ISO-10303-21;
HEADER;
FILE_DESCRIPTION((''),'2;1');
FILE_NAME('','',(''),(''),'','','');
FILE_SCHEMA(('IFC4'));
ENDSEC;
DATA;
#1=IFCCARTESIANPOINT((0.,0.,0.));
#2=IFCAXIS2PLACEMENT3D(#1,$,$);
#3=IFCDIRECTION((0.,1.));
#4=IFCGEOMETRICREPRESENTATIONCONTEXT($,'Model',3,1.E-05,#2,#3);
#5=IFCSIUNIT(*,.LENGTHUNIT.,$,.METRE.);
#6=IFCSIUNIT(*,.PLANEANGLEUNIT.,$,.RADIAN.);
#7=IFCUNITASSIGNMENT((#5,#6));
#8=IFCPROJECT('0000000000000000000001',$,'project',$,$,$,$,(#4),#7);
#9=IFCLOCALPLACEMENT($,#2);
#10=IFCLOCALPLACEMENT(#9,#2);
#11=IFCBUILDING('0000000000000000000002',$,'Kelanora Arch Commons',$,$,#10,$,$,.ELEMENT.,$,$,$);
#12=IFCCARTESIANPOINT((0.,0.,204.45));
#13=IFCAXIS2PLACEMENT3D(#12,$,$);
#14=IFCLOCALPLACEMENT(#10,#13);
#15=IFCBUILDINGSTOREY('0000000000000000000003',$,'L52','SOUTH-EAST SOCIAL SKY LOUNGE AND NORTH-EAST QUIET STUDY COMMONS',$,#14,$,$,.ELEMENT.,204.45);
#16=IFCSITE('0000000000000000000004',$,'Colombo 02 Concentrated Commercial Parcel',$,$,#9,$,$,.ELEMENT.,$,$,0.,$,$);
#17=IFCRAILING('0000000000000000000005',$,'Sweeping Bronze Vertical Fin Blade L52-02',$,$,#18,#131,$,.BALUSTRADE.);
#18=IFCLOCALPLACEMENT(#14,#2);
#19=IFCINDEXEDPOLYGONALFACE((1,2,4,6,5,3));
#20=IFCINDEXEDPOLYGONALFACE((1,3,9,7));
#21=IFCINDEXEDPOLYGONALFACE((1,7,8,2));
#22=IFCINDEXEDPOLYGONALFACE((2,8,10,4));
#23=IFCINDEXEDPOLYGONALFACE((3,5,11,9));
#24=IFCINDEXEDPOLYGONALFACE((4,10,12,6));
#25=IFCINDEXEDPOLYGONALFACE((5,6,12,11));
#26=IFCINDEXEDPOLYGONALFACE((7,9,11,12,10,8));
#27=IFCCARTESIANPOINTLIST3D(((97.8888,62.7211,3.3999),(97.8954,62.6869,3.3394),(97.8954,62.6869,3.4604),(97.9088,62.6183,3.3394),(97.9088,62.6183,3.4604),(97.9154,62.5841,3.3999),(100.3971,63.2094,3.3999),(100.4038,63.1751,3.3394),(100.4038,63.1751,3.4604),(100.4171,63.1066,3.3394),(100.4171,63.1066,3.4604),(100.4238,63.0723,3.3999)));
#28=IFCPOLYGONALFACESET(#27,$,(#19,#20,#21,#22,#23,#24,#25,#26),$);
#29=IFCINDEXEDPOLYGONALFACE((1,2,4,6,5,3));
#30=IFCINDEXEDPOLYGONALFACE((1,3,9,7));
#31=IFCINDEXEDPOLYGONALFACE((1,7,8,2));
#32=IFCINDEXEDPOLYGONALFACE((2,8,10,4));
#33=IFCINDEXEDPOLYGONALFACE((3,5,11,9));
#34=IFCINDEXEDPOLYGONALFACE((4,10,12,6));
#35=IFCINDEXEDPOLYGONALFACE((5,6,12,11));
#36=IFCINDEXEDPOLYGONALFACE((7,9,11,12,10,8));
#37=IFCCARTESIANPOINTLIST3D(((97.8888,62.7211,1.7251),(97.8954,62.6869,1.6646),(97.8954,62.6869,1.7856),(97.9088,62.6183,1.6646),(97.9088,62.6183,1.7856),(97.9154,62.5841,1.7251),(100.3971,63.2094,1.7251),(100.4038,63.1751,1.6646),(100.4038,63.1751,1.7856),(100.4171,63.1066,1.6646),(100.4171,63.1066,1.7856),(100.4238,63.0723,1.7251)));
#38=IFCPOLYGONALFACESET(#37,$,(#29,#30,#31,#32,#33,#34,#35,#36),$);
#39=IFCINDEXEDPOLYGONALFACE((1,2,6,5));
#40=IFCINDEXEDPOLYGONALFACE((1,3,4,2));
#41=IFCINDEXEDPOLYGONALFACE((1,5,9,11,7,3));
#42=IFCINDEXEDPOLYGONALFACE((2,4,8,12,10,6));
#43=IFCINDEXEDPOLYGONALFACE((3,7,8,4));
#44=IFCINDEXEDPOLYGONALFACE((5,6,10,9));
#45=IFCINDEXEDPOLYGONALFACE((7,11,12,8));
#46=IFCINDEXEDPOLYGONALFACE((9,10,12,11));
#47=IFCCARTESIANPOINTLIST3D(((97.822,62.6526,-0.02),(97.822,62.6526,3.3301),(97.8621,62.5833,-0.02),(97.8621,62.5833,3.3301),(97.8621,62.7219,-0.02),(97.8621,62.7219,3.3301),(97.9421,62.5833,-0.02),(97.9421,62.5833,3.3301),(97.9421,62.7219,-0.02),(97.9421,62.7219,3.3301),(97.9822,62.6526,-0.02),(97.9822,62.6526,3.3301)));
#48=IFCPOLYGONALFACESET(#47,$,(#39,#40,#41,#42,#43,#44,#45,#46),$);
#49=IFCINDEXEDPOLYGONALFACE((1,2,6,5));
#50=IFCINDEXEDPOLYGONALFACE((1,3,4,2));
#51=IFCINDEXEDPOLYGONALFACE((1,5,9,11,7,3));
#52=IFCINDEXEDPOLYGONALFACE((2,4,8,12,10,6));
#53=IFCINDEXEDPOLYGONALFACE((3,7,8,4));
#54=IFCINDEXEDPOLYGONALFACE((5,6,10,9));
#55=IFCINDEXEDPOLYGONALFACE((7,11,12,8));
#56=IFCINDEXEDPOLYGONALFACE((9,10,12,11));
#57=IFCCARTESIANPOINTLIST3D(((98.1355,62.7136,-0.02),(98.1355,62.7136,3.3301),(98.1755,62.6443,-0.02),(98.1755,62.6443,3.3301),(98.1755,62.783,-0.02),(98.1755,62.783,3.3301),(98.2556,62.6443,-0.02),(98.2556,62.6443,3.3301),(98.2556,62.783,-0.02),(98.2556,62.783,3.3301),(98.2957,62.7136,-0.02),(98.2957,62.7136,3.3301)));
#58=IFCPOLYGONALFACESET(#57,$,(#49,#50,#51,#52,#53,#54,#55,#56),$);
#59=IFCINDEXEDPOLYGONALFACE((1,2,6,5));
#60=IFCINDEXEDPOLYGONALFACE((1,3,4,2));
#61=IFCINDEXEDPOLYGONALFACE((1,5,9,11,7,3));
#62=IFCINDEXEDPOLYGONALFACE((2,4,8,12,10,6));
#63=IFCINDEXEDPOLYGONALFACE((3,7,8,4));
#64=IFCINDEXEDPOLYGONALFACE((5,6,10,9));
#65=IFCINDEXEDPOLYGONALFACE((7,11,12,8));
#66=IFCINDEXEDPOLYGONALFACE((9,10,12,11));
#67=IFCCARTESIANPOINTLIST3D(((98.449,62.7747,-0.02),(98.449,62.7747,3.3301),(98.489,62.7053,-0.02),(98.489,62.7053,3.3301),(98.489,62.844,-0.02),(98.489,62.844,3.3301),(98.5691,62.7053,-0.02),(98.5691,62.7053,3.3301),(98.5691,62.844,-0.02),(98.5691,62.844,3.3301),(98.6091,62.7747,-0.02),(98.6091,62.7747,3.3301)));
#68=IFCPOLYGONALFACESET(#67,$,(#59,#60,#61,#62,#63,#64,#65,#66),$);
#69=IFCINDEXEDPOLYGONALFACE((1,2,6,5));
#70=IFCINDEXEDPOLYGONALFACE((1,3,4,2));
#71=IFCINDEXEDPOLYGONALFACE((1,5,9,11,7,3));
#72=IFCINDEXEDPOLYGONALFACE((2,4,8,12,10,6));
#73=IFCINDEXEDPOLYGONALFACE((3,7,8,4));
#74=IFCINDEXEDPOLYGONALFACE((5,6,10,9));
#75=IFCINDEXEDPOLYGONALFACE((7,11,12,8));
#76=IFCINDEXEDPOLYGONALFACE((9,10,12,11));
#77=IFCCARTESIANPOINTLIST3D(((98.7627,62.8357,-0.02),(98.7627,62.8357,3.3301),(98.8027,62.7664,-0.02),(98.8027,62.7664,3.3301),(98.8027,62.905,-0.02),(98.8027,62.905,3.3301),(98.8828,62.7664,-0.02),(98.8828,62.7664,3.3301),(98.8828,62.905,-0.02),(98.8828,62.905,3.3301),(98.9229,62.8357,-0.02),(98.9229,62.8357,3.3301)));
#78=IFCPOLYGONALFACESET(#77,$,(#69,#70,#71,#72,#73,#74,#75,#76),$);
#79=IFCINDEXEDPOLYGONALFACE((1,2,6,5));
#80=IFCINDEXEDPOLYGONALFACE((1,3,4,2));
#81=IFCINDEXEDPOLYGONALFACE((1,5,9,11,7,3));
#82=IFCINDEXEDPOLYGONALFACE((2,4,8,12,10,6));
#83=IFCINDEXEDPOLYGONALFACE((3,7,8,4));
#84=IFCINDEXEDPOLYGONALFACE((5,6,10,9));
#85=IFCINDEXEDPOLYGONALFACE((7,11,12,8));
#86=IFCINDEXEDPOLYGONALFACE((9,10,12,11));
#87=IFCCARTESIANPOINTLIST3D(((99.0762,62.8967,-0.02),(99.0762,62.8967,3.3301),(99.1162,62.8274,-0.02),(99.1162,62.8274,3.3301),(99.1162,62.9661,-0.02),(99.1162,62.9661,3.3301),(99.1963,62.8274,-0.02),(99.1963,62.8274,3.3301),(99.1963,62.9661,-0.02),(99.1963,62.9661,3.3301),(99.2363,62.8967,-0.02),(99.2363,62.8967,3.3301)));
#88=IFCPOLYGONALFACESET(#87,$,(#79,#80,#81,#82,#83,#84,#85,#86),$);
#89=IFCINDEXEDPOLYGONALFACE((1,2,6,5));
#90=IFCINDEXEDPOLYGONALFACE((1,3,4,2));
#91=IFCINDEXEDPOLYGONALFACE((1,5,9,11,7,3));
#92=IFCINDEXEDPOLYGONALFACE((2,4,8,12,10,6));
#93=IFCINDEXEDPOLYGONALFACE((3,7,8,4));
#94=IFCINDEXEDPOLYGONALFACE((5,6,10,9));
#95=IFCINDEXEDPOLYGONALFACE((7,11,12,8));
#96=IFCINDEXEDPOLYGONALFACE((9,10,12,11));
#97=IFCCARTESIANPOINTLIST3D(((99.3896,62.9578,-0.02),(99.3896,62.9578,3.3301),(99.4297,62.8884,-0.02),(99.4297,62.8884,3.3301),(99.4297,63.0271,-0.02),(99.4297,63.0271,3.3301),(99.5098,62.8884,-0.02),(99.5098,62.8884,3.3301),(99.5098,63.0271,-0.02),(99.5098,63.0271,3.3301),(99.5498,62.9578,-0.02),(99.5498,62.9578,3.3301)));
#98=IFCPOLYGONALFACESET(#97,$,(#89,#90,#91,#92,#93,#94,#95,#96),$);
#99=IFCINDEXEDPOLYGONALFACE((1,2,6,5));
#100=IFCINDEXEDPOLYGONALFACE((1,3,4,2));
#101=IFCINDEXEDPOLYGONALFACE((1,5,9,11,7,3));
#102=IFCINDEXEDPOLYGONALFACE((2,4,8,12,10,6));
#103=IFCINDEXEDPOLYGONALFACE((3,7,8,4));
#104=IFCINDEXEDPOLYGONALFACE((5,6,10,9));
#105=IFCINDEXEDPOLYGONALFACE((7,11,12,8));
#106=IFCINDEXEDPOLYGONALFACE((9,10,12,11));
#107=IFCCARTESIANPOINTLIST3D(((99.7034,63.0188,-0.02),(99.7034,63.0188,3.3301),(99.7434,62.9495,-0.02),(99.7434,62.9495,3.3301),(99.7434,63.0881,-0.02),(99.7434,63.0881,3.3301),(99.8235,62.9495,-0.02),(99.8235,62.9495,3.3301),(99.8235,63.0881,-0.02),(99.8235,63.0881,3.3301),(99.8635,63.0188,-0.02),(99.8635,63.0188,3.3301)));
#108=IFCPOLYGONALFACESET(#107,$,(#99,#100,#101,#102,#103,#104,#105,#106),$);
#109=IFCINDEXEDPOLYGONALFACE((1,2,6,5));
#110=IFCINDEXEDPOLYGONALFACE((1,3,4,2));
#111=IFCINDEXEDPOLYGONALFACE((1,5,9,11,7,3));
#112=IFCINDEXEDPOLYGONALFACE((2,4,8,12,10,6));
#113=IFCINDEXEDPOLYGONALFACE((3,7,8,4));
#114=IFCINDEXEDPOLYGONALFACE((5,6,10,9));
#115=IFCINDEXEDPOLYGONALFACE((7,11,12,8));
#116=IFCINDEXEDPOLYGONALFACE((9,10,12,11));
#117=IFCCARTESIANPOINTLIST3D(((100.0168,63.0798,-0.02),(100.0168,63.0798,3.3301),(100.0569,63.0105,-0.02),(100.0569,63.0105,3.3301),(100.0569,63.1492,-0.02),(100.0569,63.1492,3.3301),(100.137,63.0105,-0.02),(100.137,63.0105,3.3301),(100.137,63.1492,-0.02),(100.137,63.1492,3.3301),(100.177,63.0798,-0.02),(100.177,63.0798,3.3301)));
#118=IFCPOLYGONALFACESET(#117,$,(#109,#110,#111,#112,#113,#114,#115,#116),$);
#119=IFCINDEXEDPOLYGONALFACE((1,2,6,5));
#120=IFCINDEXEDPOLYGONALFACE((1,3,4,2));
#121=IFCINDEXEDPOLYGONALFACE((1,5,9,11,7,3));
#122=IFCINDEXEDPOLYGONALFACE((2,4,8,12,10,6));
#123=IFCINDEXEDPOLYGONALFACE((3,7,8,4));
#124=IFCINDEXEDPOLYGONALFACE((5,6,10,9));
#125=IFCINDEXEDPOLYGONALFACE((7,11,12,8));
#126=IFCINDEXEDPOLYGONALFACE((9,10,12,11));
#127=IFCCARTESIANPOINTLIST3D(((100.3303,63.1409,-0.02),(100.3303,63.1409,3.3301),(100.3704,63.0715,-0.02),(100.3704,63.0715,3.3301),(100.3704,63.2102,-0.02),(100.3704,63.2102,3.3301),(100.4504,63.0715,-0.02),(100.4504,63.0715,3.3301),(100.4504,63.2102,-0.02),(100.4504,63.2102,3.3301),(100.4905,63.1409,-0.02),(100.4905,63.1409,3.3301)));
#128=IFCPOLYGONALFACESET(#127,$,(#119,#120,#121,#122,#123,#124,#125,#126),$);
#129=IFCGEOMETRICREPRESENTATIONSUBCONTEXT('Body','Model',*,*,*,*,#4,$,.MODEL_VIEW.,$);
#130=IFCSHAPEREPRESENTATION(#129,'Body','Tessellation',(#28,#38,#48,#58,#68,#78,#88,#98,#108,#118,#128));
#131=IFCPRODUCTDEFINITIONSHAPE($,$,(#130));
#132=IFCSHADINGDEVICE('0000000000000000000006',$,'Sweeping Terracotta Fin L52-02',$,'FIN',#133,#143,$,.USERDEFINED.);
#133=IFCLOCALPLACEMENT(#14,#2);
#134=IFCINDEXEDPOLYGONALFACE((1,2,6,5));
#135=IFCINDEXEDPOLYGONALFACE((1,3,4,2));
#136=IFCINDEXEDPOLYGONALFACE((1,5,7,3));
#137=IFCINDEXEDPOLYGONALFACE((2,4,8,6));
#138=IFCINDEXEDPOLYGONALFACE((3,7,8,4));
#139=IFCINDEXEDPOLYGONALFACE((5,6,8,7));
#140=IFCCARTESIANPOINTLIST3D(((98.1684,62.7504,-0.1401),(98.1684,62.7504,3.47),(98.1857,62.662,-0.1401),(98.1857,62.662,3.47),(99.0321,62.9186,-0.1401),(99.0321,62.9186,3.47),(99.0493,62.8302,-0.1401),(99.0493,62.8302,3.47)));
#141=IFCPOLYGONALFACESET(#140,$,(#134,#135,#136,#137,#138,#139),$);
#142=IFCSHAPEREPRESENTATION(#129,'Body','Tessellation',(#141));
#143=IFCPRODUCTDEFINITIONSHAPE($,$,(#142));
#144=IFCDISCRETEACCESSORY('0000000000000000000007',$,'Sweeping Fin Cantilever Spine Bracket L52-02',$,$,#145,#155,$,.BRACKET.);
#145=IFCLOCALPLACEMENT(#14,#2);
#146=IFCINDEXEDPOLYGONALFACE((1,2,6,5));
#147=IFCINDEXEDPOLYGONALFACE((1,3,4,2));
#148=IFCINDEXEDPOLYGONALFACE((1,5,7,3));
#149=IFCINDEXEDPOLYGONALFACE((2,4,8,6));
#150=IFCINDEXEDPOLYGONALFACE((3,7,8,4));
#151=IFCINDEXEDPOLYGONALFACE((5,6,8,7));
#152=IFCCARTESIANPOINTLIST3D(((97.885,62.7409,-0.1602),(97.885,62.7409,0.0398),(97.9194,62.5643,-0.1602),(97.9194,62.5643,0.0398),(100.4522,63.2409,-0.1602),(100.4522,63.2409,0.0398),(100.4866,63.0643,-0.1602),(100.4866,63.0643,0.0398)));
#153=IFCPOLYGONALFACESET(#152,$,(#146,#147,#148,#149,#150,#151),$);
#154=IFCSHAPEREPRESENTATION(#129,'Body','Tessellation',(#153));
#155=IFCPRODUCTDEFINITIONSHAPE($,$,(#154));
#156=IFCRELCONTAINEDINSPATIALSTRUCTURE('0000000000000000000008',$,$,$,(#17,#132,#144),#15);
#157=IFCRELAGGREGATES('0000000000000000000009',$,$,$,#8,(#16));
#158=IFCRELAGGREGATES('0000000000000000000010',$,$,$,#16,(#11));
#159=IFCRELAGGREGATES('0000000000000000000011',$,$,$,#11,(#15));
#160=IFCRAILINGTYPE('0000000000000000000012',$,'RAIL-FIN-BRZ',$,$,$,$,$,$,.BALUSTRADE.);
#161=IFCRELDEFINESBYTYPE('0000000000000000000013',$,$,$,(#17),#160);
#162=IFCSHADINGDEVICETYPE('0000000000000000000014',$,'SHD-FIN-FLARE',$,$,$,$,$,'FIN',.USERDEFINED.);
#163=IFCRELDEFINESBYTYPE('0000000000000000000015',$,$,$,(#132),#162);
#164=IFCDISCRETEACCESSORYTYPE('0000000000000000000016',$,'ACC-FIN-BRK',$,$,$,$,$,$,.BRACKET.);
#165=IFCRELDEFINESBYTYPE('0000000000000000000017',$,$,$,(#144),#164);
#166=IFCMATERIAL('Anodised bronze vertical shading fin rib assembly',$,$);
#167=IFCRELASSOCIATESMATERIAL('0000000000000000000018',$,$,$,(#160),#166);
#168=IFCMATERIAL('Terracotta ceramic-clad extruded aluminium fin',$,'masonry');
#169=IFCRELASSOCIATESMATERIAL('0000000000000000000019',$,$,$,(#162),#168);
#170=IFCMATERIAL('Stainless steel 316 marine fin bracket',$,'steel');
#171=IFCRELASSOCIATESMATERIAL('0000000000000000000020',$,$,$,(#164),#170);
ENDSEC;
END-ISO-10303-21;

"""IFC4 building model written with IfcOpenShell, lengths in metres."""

from ifc_helpers import new_model, si_unit, direction, frame, origin, origin_2d, place, context, subcontext, project, spatial, polyline, rectangle, outline, extrude, source, transform, mapped, material, type_object, element, save


model = new_model("IFC4")

# Units and contexts
model_context = context("Model", 3, precision=1e-05, world=origin(), true_north=direction((0.0, 1.0)))
body_context = subcontext(model_context, "Body", "Model", "MODEL_VIEW")
ifc_project = project(units=[si_unit("LENGTHUNIT", "METRE"), si_unit("PLANEANGLEUNIT", "RADIAN")], contexts=[model_context])

# Site, building, storey
site_placement = place(None, origin())
site = spatial("IfcSite", under=ifc_project, at=site_placement, Name="Colombo 02 Concentrated Commercial Parcel", CompositionType="ELEMENT", RefElevation=0.0)
building_placement = place(site_placement, origin())
building = spatial("IfcBuilding", under=site, at=building_placement, Name="Kelanora Arch Commons", CompositionType="ELEMENT")
storey_placement = place(building_placement, frame((0.0, 0.0, 204.45)))
storey = spatial("IfcBuildingStorey", under=building, at=storey_placement, Name="L52", Description="SOUTH-EAST SOCIAL SKY LOUNGE AND NORTH-EAST QUIET STUDY COMMONS", CompositionType="ELEMENT", Elevation=204.45)

# Railing
ifc_material_1 = material(Name="Anodised bronze vertical shading fin rib assembly")
railing_type_1 = type_object("IfcRailingType", Name="RAIL-FIN-BRZ", PredefinedType="BALUSTRADE", material=ifc_material_1)
railing_1_placement = place(storey_placement, frame((97.9021, 62.6526, -0.02)))
element("IfcRailing", 1, at=railing_1_placement, inside=storey, type_object=railing_type_1, Name="Sweeping Bronze Vertical Fin Blade L52-02", PredefinedType="BALUSTRADE", context=body_context, shape_type="SweptSolid", body=[
    extrude(outline(polyline([(0.0698, 0.0), (0.0349, 0.0605), (-0.0349, 0.0605), (-0.0698, 0.0), (-0.0349, -0.0605), (0.0349, -0.0605), (0.0698, 0.0)])), frame((0.0, 0.0, 3.4199), z_axis=(0.981575, 0.191079, 0.0), x_axis=(-0.191079, 0.981575, 0.0)), (0.0, 0.0, 1.0), 2.5554),
    extrude(outline(polyline([(0.0698, 0.0), (0.0349, 0.0605), (-0.0349, 0.0605), (-0.0698, 0.0), (-0.0349, -0.0605), (0.0349, -0.0605), (0.0698, 0.0)])), frame((0.0, 0.0, 1.7451), z_axis=(0.981575, 0.191079, 0.0), x_axis=(-0.191079, 0.981575, 0.0)), (0.0, 0.0, 1.0), 2.5554),
    extrude(outline(polyline([(0.0801, 0.0), (0.04, 0.0693), (-0.04, 0.0693), (-0.0801, 0.0), (-0.04, -0.0693), (0.04, -0.0693), (0.0801, 0.0)])), origin(), (0.0, 0.0, 1.0), 3.3501),
    extrude(outline(polyline([(0.0801, 0.0), (0.04, 0.0693), (-0.04, 0.0693), (-0.0801, 0.0), (-0.04, -0.0693), (0.04, -0.0693), (0.0801, 0.0)])), frame((0.3135, 0.061, 0.0)), (0.0, 0.0, 1.0), 3.3501),
    extrude(outline(polyline([(0.0801, 0.0), (0.04, 0.0693), (-0.04, 0.0693), (-0.0801, 0.0), (-0.04, -0.0693), (0.04, -0.0693), (0.0801, 0.0)])), frame((0.627, 0.1221, 0.0)), (0.0, 0.0, 1.0), 3.3501),
    extrude(outline(polyline([(0.0801, 0.0), (0.04, 0.0693), (-0.04, 0.0693), (-0.0801, 0.0), (-0.04, -0.0693), (0.04, -0.0693), (0.0801, 0.0)])), frame((0.9407, 0.1831, 0.0)), (0.0, 0.0, 1.0), 3.3501),
    extrude(outline(polyline([(0.0801, 0.0), (0.04, 0.0693), (-0.04, 0.0693), (-0.0801, 0.0), (-0.04, -0.0693), (0.04, -0.0693), (0.0801, 0.0)])), frame((1.2542, 0.2441, 0.0)), (0.0, 0.0, 1.0), 3.3501),
    extrude(outline(polyline([(0.0801, 0.0), (0.04, 0.0693), (-0.04, 0.0693), (-0.0801, 0.0), (-0.04, -0.0693), (0.04, -0.0693), (0.0801, 0.0)])), frame((1.5676, 0.3052, 0.0)), (0.0, 0.0, 1.0), 3.3501),
    extrude(outline(polyline([(0.0801, 0.0), (0.04, 0.0693), (-0.04, 0.0693), (-0.0801, 0.0), (-0.04, -0.0693), (0.04, -0.0693), (0.0801, 0.0)])), frame((1.8813, 0.3662, 0.0)), (0.0, 0.0, 1.0), 3.3501),
    extrude(outline(polyline([(0.0801, 0.0), (0.04, 0.0693), (-0.04, 0.0693), (-0.0801, 0.0), (-0.04, -0.0693), (0.04, -0.0693), (0.0801, 0.0)])), frame((2.1948, 0.4272, 0.0)), (0.0, 0.0, 1.0), 3.3501),
    extrude(outline(polyline([(0.0801, 0.0), (0.04, 0.0693), (-0.04, 0.0693), (-0.0801, 0.0), (-0.04, -0.0693), (0.04, -0.0693), (0.0801, 0.0)])), frame((2.5083, 0.4883, 0.0)), (0.0, 0.0, 1.0), 3.3501),
])

# Shading device
ifc_material_2 = material(Name="Terracotta ceramic-clad extruded aluminium fin", Category="masonry")
shading_device_type = type_object("IfcShadingDeviceType", Name="SHD-FIN-FLARE", ElementType="FIN", PredefinedType="USERDEFINED", material=ifc_material_2)
shared_shape_1 = source(origin(), body_context, "Body", "SweptSolid", [
    extrude(rectangle(XDim=0.8799, YDim=0.0901, at=origin_2d()), origin(), (0.0, 0.0, 1.0), 3.6101),
])
shading_device_placement = place(storey_placement, frame((98.6089, 62.7903, -0.1401), z_axis=(0.0, 0.0, 1.0), x_axis=(0.981561, 0.191152, 0.0)))
element("IfcShadingDevice", 2, at=shading_device_placement, inside=storey, type_object=shading_device_type, Name="Sweeping Terracotta Fin L52-02", ObjectType="FIN", PredefinedType="USERDEFINED", context=body_context, shape_type="MappedRepresentation", body=[
    mapped(shared_shape_1, transform((0.0, 0.0, 0.0), scale=1.0)),
])

# Discrete accessory
ifc_material_3 = material(Name="Stainless steel 316 marine fin bracket", Category="steel")
discrete_accessory_type = type_object("IfcDiscreteAccessoryType", Name="ACC-FIN-BRK", PredefinedType="BRACKET", material=ifc_material_3)
shared_shape_2 = source(origin(), body_context, "Body", "SweptSolid", [
    extrude(rectangle(XDim=2.6155, YDim=0.1799, at=origin_2d()), origin(), (0.0, 0.0, 1.0), 0.2),
])
discrete_accessory_placement = place(storey_placement, frame((99.1858, 62.9026, -0.1602), z_axis=(0.0, 0.0, 1.0), x_axis=(0.981561, 0.191152, 0.0)))
element("IfcDiscreteAccessory", 3, at=discrete_accessory_placement, inside=storey, type_object=discrete_accessory_type, Name="Sweeping Fin Cantilever Spine Bracket L52-02", PredefinedType="BRACKET", context=body_context, shape_type="MappedRepresentation", body=[
    mapped(shared_shape_2, transform((0.0, 0.0, 0.0), scale=1.0)),
])

save(model, "model.ifc")
